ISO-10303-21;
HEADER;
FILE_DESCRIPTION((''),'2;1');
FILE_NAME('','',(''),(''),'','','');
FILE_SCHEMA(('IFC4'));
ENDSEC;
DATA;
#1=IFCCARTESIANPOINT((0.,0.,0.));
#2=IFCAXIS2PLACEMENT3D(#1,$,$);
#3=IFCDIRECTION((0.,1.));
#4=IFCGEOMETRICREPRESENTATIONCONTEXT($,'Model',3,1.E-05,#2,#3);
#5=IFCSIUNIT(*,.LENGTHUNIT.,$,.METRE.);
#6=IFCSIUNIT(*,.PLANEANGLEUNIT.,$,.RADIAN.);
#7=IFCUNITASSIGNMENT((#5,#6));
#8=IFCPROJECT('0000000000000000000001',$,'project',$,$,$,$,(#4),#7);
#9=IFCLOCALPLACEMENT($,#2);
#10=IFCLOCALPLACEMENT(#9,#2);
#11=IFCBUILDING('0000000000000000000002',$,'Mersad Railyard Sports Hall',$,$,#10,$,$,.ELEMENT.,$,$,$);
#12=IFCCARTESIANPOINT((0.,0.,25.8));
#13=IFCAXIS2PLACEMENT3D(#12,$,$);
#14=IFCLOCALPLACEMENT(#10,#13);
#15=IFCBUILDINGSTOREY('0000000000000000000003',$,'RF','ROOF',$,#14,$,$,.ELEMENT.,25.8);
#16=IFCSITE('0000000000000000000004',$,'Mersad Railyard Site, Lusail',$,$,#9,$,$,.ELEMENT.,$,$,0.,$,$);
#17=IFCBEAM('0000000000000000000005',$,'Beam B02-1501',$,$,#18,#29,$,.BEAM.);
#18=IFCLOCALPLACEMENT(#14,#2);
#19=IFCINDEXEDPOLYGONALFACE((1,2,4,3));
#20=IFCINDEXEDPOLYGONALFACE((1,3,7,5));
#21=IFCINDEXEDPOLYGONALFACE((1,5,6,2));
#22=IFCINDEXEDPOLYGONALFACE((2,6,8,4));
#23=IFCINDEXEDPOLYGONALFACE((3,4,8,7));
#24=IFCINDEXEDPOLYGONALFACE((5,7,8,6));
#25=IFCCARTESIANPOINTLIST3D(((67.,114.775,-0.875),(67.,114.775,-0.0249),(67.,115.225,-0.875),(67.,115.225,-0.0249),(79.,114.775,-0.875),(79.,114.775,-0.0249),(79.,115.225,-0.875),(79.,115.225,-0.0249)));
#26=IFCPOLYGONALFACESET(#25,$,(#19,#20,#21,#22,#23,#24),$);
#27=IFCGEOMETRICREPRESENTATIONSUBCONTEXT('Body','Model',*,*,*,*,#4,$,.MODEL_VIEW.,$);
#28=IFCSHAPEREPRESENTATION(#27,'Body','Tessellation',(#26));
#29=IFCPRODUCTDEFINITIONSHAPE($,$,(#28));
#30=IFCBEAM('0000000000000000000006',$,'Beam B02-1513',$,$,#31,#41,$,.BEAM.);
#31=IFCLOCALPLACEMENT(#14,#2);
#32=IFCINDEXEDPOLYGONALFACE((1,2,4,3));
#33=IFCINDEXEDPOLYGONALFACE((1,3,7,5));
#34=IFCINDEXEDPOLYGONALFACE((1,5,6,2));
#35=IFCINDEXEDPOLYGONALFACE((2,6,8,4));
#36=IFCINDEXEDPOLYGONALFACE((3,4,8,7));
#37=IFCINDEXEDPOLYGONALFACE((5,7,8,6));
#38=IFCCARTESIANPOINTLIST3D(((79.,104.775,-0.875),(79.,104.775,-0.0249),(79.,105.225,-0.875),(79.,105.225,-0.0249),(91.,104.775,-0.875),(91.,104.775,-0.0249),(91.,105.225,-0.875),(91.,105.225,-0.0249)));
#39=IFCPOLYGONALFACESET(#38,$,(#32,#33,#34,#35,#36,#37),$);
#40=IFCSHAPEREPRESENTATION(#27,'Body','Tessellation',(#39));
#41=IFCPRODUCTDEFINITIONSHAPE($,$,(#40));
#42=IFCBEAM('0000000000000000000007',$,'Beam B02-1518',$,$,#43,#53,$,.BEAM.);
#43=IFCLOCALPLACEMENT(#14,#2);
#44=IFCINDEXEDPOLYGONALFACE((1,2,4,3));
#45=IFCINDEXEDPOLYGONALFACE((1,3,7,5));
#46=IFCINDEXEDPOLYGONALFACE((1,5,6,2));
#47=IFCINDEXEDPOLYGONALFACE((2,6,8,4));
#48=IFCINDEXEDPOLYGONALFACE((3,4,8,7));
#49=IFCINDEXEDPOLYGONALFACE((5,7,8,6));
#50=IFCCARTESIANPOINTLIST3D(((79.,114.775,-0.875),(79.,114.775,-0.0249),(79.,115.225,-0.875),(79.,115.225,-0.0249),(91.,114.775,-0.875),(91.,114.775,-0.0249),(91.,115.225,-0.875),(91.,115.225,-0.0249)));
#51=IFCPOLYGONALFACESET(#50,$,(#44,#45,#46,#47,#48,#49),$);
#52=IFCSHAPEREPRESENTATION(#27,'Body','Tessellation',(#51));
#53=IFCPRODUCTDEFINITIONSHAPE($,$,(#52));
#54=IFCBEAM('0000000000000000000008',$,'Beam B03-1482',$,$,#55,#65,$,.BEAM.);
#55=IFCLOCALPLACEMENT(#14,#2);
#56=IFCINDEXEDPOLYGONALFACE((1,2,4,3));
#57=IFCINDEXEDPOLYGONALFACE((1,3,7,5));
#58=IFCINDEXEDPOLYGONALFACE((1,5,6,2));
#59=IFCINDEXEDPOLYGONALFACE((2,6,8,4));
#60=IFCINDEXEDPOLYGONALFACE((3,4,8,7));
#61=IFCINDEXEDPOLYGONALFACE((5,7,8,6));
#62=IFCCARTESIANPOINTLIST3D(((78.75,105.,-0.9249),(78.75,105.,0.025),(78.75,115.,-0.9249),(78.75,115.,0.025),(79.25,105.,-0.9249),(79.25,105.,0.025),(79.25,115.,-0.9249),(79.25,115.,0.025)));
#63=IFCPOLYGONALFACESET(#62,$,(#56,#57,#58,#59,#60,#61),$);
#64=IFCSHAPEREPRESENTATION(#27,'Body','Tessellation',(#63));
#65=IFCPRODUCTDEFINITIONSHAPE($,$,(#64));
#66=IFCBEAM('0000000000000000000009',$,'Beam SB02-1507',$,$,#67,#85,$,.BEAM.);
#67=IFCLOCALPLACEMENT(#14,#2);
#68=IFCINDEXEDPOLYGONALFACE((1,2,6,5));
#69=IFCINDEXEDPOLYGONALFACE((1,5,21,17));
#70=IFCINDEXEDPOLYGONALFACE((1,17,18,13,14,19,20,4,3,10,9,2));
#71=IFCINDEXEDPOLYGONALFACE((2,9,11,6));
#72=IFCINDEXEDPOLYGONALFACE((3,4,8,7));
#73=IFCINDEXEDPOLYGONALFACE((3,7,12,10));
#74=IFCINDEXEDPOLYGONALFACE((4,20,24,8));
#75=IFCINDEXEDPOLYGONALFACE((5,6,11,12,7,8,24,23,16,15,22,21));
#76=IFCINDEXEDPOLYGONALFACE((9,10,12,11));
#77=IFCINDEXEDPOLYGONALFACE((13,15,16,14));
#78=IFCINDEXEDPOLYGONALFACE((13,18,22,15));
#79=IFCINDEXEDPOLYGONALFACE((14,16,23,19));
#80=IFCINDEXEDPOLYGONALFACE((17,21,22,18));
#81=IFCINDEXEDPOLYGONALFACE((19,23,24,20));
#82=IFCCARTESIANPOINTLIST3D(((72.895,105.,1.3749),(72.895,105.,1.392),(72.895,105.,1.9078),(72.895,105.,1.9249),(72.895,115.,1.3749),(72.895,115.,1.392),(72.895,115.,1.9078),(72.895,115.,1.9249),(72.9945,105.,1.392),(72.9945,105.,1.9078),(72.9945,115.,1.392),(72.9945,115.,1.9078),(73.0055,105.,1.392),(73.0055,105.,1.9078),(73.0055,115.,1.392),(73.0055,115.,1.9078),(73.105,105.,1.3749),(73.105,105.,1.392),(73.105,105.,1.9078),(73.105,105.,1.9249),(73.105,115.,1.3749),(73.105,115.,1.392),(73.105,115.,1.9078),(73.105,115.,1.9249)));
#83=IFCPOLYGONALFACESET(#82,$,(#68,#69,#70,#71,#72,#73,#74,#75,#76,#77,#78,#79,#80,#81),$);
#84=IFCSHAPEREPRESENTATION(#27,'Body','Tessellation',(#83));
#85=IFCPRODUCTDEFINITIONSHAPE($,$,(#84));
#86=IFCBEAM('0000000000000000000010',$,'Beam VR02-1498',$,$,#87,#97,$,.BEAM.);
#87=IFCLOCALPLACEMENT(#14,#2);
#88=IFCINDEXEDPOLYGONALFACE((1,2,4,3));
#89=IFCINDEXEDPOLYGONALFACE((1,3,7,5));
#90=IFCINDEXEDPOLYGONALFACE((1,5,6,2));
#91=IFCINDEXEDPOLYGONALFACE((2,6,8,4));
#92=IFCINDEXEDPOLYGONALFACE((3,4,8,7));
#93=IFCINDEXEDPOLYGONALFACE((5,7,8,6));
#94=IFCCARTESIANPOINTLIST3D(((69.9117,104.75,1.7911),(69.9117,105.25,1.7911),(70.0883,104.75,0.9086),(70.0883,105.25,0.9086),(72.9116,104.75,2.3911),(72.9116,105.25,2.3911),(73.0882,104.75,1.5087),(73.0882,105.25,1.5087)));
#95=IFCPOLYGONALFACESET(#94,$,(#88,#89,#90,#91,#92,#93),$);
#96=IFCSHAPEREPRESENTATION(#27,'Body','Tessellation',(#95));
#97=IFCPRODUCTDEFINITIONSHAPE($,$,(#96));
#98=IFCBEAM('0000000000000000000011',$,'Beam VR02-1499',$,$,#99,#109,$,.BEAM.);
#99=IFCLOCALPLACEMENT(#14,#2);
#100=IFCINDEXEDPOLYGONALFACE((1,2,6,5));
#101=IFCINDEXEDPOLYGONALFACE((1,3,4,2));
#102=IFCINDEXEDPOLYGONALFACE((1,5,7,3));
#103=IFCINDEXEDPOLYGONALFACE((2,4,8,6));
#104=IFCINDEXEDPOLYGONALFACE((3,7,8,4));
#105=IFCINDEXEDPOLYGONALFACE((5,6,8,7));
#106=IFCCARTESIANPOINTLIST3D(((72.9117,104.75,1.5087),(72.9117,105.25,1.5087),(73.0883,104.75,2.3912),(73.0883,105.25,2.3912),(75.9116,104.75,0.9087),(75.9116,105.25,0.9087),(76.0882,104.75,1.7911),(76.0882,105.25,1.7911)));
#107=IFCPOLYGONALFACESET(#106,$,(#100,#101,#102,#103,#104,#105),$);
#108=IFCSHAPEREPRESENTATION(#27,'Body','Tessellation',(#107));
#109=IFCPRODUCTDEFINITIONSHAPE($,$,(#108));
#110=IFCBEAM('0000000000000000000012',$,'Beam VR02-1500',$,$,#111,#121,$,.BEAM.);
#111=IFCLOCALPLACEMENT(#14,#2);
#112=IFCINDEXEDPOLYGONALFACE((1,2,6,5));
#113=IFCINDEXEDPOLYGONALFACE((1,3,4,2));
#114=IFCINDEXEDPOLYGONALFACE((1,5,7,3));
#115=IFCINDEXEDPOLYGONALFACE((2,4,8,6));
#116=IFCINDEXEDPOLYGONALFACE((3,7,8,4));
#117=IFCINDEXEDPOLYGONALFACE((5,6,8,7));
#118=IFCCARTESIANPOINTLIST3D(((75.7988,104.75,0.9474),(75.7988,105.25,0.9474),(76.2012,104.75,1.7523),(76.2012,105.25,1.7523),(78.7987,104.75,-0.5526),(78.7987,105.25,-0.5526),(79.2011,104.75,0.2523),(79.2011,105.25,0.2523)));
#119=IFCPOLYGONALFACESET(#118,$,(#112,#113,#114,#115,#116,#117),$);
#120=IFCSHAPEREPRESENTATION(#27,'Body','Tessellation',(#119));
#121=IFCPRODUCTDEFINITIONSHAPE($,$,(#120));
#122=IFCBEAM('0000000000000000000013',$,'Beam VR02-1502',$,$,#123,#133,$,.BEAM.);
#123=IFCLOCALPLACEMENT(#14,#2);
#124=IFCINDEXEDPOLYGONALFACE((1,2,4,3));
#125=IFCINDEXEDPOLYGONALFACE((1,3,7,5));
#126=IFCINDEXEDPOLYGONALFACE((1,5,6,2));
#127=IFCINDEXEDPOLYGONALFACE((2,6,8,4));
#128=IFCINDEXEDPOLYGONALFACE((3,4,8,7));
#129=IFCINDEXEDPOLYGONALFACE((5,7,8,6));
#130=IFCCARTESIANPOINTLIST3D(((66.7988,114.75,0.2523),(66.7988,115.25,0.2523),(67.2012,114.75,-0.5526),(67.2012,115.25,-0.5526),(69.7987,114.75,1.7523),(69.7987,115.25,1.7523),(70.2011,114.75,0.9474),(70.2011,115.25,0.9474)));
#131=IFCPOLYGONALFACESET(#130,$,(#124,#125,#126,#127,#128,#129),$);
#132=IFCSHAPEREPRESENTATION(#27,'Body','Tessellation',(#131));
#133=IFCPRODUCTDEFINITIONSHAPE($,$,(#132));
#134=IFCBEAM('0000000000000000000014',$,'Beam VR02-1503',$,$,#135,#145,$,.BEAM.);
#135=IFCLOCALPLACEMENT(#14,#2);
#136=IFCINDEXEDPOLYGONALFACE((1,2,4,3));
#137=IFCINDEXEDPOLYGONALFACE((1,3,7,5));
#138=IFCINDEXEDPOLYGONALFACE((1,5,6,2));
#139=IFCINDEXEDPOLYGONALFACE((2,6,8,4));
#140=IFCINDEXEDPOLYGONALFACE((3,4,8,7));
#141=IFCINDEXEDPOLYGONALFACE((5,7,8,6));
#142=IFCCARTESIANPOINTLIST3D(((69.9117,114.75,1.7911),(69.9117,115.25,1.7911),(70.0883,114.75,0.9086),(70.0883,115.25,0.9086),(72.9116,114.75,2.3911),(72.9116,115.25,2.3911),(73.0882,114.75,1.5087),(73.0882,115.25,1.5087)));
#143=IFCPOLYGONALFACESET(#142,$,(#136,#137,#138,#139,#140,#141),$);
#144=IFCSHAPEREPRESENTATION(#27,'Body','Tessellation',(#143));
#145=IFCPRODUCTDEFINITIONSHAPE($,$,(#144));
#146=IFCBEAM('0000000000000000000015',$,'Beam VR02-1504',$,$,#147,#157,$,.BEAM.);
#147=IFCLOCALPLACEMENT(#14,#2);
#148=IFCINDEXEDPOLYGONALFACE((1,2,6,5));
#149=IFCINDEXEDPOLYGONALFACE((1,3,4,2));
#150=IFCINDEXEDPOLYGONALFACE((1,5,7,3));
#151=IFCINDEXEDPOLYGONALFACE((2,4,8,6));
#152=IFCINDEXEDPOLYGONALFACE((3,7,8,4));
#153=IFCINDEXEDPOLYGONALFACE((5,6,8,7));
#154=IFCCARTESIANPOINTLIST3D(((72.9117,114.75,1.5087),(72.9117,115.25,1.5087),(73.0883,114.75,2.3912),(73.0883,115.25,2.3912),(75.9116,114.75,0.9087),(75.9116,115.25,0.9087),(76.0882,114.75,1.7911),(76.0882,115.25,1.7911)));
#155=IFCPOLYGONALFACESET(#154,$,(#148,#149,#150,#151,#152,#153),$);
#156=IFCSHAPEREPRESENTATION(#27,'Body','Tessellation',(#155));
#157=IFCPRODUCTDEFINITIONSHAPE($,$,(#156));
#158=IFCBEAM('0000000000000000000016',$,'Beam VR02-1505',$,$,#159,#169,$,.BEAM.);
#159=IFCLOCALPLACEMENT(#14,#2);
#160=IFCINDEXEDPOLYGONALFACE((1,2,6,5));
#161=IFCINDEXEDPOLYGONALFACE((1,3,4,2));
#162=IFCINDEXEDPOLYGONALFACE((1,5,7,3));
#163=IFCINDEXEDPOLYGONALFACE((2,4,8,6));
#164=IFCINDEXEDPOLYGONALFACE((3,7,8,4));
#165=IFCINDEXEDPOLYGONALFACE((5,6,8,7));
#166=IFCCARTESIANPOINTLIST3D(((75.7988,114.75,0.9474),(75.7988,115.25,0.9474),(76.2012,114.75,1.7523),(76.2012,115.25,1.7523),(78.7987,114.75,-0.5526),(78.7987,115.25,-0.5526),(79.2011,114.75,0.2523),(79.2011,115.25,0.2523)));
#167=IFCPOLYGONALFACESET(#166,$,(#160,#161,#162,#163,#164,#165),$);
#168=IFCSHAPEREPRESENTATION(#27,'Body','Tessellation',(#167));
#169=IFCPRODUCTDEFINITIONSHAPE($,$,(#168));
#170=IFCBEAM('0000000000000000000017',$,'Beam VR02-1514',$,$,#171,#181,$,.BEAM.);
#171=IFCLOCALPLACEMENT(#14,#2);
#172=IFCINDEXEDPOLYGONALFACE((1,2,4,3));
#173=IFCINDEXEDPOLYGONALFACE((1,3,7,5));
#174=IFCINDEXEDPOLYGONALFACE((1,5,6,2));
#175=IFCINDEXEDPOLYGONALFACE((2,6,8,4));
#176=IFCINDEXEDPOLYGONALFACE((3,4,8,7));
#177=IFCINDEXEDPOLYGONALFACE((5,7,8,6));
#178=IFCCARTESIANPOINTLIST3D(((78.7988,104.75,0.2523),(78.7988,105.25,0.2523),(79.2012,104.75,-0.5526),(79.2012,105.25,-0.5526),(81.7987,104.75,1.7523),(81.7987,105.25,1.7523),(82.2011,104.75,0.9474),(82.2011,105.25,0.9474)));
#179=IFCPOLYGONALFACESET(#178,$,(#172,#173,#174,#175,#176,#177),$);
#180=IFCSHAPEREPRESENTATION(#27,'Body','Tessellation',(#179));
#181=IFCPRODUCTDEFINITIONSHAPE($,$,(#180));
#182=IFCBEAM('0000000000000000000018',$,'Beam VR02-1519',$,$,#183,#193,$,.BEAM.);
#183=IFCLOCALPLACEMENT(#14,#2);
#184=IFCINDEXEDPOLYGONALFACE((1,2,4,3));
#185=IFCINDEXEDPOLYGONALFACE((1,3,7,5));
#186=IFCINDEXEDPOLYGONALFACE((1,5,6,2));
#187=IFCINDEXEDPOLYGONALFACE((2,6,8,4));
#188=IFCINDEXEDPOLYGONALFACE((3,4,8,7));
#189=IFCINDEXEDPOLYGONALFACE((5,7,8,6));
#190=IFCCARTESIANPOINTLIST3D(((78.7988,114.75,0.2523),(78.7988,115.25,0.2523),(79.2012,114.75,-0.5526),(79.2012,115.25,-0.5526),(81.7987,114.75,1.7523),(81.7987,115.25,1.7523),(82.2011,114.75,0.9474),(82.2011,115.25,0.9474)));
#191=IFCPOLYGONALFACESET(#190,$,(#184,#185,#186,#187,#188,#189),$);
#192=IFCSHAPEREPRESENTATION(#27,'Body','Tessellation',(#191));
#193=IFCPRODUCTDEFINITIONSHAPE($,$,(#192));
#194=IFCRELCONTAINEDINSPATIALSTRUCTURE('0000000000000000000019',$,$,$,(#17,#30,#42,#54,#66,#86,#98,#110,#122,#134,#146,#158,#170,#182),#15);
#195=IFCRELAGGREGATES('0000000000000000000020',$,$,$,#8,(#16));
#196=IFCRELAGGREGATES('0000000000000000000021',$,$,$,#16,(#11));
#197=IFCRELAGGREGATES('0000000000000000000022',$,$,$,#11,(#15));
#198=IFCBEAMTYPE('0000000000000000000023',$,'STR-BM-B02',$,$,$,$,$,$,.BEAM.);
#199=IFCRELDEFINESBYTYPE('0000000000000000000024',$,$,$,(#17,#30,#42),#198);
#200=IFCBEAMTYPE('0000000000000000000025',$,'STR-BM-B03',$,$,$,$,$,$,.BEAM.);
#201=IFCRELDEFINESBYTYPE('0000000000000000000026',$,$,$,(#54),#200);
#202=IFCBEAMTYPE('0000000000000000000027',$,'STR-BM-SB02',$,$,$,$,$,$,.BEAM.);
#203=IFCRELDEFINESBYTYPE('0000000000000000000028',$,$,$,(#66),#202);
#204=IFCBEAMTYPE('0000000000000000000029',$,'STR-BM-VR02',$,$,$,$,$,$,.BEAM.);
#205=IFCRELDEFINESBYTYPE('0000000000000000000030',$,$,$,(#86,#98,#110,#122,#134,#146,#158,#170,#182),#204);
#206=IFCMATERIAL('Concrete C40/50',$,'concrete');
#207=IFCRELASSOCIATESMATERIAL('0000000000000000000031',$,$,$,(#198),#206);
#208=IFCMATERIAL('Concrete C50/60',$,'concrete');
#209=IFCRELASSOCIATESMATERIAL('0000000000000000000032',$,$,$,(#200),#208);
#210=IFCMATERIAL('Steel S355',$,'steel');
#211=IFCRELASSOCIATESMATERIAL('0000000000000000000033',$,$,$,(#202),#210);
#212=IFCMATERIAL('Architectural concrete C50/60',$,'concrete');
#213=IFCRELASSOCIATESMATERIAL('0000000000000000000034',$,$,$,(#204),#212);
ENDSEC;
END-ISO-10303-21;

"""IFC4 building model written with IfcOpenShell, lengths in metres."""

from ifc_helpers import new_model, si_unit, direction, frame, origin, origin_2d, place, context, subcontext, project, spatial, rectangle, i_section, extrude, material, material_profile, profile_set, type_object, element, save


model = new_model("IFC4")

# Units and contexts
model_context = context("Model", 3, precision=1e-05, world=origin(), true_north=direction((0.0, 1.0)))
body_context = subcontext(model_context, "Body", "Model", "MODEL_VIEW")
ifc_project = project(units=[si_unit("LENGTHUNIT", "METRE"), si_unit("PLANEANGLEUNIT", "RADIAN")], contexts=[model_context])

# Site, building, storey
site_placement = place(None, origin())
site = spatial("IfcSite", under=ifc_project, at=site_placement, Name="Mersad Railyard Site, Lusail", CompositionType="ELEMENT", RefElevation=0.0)
building_placement = place(site_placement, origin())
building = spatial("IfcBuilding", under=site, at=building_placement, Name="Mersad Railyard Sports Hall", CompositionType="ELEMENT")
storey_placement = place(building_placement, frame((0.0, 0.0, 25.8)))
storey = spatial("IfcBuildingStorey", under=building, at=storey_placement, Name="RF", Description="ROOF", CompositionType="ELEMENT", Elevation=25.8)

# Beams
ifc_material_1 = material(Name="Concrete C40/50", Category="concrete")
ifc_material_profile_1 = material_profile(ifc_material_1, rectangle(XDim=0.45, YDim=0.8501, at=origin_2d()), Name="RC 450x850")
ifc_profile_set_1 = profile_set([ifc_material_profile_1], Name="Concrete C40/50")
beam_type_1 = type_object("IfcBeamType", Name="STR-BM-B02", PredefinedType="BEAM", material=ifc_profile_set_1)
for number, where, z_axis, x_axis, name in (
    (1, (67.0, 115.0, -0.45), (1.0, 0.0, 0.0), (0.0, 1.0, 0.0), "Beam B02-1501"),
    (2, (79.0, 105.0, -0.45), (1.0, 0.0, 0.0), (0.0, 1.0, 0.0), "Beam B02-1513"),
    (3, (79.0, 115.0, -0.45), (1.0, 0.0, 0.0), (0.0, 1.0, 0.0), "Beam B02-1518"),
):
    element("IfcBeam", number, at=place(storey_placement, frame(where, z_axis=z_axis, x_axis=x_axis)), inside=storey, type_object=beam_type_1, Name=name, PredefinedType="BEAM", context=body_context, shape_type="SweptSolid", body=[
        extrude(rectangle(XDim=0.45, YDim=0.8501, at=origin_2d()), origin(), (0.0, 0.0, 1.0), 12.0),
    ])
ifc_material_2 = material(Name="Concrete C50/60", Category="concrete")
ifc_material_profile_2 = material_profile(ifc_material_2, rectangle(XDim=0.5, YDim=0.95, at=origin_2d()), Name="RC 500x950")
ifc_profile_set_2 = profile_set([ifc_material_profile_2], Name="Concrete C50/60")
beam_type_2 = type_object("IfcBeamType", Name="STR-BM-B03", PredefinedType="BEAM", material=ifc_profile_set_2)
beam_1_placement = place(storey_placement, frame((79.0, 105.0, -0.45), z_axis=(0.0, 1.0, 0.0), x_axis=(-1.0, 0.0, 0.0)))
element("IfcBeam", 4, at=beam_1_placement, inside=storey, type_object=beam_type_2, Name="Beam B03-1482", PredefinedType="BEAM", context=body_context, shape_type="SweptSolid", body=[
    extrude(rectangle(XDim=0.5, YDim=0.95, at=origin_2d()), origin(), (0.0, 0.0, 1.0), 10.0),
])
ifc_material_3 = material(Name="Steel S355", Category="steel")
ifc_material_profile_3 = material_profile(ifc_material_3, i_section(OverallWidth=0.21, OverallDepth=0.55, WebThickness=0.011, FlangeThickness=0.0171, at=origin_2d()), Name="IPE 550")
ifc_profile_set_3 = profile_set([ifc_material_profile_3], Name="Steel S355")
beam_type_3 = type_object("IfcBeamType", Name="STR-BM-SB02", PredefinedType="BEAM", material=ifc_profile_set_3)
beam_2_placement = place(storey_placement, frame((73.0, 105.0, 1.6499), z_axis=(0.0, 1.0, 0.0), x_axis=(-1.0, 0.0, 0.0)))
element("IfcBeam", 5, at=beam_2_placement, inside=storey, type_object=beam_type_3, Name="Beam SB02-1507", PredefinedType="BEAM", context=body_context, shape_type="SweptSolid", body=[
    extrude(i_section(OverallWidth=0.21, OverallDepth=0.55, WebThickness=0.011, FlangeThickness=0.0171, at=origin_2d()), origin(), (0.0, 0.0, 1.0), 10.0),
])
ifc_material_4 = material(Name="Architectural concrete C50/60", Category="concrete")
ifc_material_profile_4 = material_profile(ifc_material_4, rectangle(XDim=0.5, YDim=0.8999, at=origin_2d()), Name="VR 500x900")
ifc_profile_set_4 = profile_set([ifc_material_profile_4], Name="Architectural concrete C50/60")
beam_type_4 = type_object("IfcBeamType", Name="STR-BM-VR02", PredefinedType="BEAM", material=ifc_profile_set_4)
for number, where, z_axis, x_axis, name in (
    (6, (70.0, 105.0, 1.3499), (0.980575, 0.0, 0.196147), (0.0, 1.0, 0.0), "Beam VR02-1498"),
    (7, (73.0, 105.0, 1.95), (0.980575, 0.0, -0.196147), (0.0, 1.0, 0.0), "Beam VR02-1499"),
):
    element("IfcBeam", number, at=place(storey_placement, frame(where, z_axis=z_axis, x_axis=x_axis)), inside=storey, type_object=beam_type_4, Name=name, PredefinedType="BEAM", context=body_context, shape_type="SweptSolid", body=[
        extrude(rectangle(XDim=0.5, YDim=0.8999, at=origin_2d()), origin(), (0.0, 0.0, 1.0), 3.0593),
    ])
for number, where, z_axis, x_axis, name in (
    (8, (76.0, 105.0, 1.3499), (0.894427, 0.0, -0.447214), (0.0, 1.0, 0.0), "Beam VR02-1500"),
    (9, (67.0, 115.0, -0.1501), (0.894427, 0.0, 0.447214), (0.0, 1.0, 0.0), "Beam VR02-1502"),
):
    element("IfcBeam", number, at=place(storey_placement, frame(where, z_axis=z_axis, x_axis=x_axis)), inside=storey, type_object=beam_type_4, Name=name, PredefinedType="BEAM", context=body_context, shape_type="SweptSolid", body=[
        extrude(rectangle(XDim=0.5, YDim=0.8999, at=origin_2d()), origin(), (0.0, 0.0, 1.0), 3.354),
    ])
for number, where, z_axis, x_axis, name in (
    (10, (70.0, 115.0, 1.3499), (0.980575, 0.0, 0.196147), (0.0, 1.0, 0.0), "Beam VR02-1503"),
    (11, (73.0, 115.0, 1.95), (0.980575, 0.0, -0.196147), (0.0, 1.0, 0.0), "Beam VR02-1504"),
):
    element("IfcBeam", number, at=place(storey_placement, frame(where, z_axis=z_axis, x_axis=x_axis)), inside=storey, type_object=beam_type_4, Name=name, PredefinedType="BEAM", context=body_context, shape_type="SweptSolid", body=[
        extrude(rectangle(XDim=0.5, YDim=0.8999, at=origin_2d()), origin(), (0.0, 0.0, 1.0), 3.0593),
    ])
for number, where, z_axis, x_axis, name in (
    (12, (76.0, 115.0, 1.3499), (0.894427, 0.0, -0.447214), (0.0, 1.0, 0.0), "Beam VR02-1505"),
    (13, (79.0, 105.0, -0.1501), (0.894427, 0.0, 0.447214), (0.0, 1.0, 0.0), "Beam VR02-1514"),
    (14, (79.0, 115.0, -0.1501), (0.894427, 0.0, 0.447214), (0.0, 1.0, 0.0), "Beam VR02-1519"),
):
    element("IfcBeam", number, at=place(storey_placement, frame(where, z_axis=z_axis, x_axis=x_axis)), inside=storey, type_object=beam_type_4, Name=name, PredefinedType="BEAM", context=body_context, shape_type="SweptSolid", body=[
        extrude(rectangle(XDim=0.5, YDim=0.8999, at=origin_2d()), origin(), (0.0, 0.0, 1.0), 3.354),
    ])

save(model, "model.ifc")
